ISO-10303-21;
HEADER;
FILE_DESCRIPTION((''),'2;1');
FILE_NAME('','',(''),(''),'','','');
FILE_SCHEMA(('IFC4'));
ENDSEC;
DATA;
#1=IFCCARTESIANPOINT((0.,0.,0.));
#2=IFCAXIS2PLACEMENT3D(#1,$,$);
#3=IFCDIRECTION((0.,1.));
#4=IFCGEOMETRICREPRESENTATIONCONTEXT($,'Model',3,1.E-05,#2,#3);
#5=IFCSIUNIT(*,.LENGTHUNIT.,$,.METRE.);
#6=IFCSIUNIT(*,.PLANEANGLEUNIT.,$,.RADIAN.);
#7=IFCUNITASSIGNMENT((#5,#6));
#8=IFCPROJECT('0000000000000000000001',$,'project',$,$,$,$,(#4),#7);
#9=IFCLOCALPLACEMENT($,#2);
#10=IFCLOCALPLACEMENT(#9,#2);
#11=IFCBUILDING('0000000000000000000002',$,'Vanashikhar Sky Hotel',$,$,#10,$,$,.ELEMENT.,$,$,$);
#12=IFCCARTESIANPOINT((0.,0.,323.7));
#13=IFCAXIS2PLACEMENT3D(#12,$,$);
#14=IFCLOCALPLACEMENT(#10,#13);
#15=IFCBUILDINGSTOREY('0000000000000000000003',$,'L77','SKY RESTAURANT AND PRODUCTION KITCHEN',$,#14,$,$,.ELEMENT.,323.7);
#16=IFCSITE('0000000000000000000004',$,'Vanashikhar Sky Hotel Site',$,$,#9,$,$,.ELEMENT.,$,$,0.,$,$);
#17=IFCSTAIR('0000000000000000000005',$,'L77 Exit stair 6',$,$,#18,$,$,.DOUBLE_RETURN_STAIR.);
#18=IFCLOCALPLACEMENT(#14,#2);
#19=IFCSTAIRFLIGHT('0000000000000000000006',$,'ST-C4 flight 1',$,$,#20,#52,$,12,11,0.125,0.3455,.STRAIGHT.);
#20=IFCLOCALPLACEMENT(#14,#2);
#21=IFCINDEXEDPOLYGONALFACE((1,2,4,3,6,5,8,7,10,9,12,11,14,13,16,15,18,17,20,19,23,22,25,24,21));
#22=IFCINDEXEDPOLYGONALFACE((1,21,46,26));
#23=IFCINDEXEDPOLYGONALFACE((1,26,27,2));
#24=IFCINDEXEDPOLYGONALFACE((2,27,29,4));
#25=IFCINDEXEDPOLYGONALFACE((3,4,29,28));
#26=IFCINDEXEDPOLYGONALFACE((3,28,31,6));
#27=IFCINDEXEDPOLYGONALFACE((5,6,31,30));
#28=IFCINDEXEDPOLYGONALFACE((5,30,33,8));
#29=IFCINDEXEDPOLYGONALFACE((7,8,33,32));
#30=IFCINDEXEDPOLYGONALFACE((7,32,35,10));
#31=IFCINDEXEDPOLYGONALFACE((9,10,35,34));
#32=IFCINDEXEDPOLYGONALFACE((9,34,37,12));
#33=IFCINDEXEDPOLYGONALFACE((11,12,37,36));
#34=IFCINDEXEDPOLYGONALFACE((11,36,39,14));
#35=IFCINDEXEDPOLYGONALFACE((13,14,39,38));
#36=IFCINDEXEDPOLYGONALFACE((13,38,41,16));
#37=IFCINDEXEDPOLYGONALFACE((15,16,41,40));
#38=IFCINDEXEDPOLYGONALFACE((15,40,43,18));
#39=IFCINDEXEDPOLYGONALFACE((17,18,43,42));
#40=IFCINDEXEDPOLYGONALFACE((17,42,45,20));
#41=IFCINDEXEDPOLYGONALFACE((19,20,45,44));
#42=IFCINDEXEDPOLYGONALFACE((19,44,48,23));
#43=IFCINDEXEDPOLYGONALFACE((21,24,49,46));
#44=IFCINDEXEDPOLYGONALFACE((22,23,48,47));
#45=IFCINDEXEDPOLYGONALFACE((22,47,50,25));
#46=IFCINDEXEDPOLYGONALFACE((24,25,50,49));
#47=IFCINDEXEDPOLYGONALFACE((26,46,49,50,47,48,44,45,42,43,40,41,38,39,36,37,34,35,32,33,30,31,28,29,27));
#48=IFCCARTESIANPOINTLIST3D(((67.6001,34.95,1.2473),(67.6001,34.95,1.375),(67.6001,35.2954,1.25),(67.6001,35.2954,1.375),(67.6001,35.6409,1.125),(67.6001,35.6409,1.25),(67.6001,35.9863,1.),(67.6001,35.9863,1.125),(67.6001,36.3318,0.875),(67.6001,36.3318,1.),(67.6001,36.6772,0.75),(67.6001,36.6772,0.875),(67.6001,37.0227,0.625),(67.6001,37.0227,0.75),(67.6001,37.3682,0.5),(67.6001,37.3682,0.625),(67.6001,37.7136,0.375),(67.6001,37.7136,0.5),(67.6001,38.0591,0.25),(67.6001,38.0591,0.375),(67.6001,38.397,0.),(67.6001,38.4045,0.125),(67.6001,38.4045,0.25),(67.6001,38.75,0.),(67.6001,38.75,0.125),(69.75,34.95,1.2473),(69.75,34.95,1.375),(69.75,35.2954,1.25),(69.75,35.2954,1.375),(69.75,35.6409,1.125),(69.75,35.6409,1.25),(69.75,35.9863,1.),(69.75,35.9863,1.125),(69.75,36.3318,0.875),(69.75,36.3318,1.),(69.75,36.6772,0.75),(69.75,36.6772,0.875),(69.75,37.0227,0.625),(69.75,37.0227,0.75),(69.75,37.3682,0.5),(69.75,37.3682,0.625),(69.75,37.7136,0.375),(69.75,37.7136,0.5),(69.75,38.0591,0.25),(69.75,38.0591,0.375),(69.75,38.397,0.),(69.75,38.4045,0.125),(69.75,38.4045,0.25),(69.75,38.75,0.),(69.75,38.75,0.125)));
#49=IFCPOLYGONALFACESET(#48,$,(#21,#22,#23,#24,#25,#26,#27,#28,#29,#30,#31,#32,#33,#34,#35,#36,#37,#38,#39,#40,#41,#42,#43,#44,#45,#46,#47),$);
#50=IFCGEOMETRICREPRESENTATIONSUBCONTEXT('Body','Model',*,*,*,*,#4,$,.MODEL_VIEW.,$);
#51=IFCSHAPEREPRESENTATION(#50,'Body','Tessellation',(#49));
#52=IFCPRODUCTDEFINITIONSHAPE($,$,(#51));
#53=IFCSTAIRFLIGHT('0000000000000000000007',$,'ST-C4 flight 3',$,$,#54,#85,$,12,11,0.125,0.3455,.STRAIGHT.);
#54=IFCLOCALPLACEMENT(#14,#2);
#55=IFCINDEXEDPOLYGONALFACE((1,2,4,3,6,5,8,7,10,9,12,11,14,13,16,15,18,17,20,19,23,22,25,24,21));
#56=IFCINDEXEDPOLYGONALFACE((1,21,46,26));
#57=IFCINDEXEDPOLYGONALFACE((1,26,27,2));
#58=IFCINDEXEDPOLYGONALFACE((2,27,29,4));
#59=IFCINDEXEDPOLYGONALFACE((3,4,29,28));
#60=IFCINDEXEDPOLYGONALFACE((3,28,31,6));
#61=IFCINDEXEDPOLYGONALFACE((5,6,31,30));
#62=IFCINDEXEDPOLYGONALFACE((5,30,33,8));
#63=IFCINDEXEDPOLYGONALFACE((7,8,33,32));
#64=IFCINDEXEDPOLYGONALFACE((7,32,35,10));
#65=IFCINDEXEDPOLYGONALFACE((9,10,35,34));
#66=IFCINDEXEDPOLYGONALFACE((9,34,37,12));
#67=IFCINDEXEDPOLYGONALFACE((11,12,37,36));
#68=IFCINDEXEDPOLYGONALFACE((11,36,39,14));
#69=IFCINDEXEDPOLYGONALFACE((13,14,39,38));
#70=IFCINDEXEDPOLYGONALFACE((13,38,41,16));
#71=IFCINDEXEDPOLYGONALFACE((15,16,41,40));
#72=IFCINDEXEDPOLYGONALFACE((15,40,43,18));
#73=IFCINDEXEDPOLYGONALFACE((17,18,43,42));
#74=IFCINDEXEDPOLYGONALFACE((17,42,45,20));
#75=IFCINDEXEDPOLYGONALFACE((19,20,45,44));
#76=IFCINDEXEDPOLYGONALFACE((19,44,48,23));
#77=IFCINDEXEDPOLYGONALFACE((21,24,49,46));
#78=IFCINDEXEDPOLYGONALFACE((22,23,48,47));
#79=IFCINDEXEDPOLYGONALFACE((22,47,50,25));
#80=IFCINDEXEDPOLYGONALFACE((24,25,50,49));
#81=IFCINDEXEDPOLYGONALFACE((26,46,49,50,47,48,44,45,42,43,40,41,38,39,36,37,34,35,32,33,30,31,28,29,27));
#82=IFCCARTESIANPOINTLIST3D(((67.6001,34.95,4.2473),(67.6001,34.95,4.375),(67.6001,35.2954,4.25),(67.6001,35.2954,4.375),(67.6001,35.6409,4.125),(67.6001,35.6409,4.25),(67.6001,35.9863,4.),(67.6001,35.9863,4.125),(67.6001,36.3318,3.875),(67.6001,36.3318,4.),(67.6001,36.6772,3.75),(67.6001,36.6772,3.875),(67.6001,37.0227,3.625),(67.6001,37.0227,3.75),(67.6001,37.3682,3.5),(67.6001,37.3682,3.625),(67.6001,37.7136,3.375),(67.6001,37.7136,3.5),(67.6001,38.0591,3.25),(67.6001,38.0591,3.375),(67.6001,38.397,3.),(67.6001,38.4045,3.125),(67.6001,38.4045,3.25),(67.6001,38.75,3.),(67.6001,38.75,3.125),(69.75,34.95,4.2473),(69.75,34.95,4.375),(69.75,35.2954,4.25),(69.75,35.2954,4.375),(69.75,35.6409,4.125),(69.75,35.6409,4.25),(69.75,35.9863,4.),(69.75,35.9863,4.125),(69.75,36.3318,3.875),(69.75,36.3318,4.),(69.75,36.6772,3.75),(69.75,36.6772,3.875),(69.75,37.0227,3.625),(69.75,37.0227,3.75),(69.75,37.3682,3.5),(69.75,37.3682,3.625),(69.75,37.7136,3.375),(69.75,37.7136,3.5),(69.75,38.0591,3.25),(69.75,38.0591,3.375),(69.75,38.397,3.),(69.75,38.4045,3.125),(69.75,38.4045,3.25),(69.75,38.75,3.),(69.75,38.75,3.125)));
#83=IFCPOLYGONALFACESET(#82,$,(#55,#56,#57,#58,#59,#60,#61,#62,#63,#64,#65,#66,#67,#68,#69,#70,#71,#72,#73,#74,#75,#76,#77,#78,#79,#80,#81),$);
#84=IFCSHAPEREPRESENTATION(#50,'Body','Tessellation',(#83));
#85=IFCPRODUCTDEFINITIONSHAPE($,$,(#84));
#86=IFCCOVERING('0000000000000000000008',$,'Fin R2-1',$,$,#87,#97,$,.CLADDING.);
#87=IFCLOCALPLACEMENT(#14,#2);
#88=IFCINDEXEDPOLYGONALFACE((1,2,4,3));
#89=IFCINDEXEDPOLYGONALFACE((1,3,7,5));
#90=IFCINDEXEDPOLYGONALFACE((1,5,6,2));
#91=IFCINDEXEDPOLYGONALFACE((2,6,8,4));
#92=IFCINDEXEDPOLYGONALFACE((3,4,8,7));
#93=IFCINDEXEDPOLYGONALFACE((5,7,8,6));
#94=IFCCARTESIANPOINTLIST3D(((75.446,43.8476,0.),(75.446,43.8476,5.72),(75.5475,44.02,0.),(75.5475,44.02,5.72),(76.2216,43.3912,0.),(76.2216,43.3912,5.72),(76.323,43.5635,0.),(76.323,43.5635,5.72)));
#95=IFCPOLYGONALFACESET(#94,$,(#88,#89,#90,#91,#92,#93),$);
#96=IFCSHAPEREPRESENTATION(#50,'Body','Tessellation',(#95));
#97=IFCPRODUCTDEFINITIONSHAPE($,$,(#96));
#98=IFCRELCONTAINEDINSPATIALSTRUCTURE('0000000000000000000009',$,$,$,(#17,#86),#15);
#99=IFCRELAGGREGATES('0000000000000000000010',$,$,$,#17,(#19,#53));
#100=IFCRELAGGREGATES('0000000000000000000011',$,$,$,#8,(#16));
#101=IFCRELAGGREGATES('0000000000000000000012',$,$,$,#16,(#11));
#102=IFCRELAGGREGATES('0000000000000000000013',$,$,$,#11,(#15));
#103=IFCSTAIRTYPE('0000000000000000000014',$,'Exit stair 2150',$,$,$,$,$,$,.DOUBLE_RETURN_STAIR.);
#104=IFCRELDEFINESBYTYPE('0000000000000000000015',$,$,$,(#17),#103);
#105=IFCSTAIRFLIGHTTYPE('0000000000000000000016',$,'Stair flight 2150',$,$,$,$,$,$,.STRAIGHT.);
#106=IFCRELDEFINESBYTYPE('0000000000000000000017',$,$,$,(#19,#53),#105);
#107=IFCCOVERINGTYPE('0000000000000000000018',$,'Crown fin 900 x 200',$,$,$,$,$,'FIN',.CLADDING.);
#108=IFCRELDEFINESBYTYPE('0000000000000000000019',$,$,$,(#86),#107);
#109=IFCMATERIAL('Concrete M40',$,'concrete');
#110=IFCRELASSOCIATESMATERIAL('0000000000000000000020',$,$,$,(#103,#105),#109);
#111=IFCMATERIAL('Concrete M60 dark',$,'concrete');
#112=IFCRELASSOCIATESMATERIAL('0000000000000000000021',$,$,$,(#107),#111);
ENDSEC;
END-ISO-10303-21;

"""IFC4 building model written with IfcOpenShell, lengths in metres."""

from ifc_helpers import new_model, si_unit, direction, frame, origin, origin_2d, place, context, subcontext, project, spatial, polyline, rectangle, outline, extrude, source, transform, mapped, material, material_profile, profile_set, type_object, element, aggregate, save


model = new_model("IFC4")

# Units and contexts
model_context = context("Model", 3, precision=1e-05, world=origin(), true_north=direction((0.0, 1.0)))
body_context = subcontext(model_context, "Body", "Model", "MODEL_VIEW")
ifc_project = project(units=[si_unit("LENGTHUNIT", "METRE"), si_unit("PLANEANGLEUNIT", "RADIAN")], contexts=[model_context])

# Site, building, storey
site_placement = place(None, origin())
site = spatial("IfcSite", under=ifc_project, at=site_placement, Name="Vanashikhar Sky Hotel Site", CompositionType="ELEMENT", RefElevation=0.0)
building_placement = place(site_placement, origin())
building = spatial("IfcBuilding", under=site, at=building_placement, Name="Vanashikhar Sky Hotel", CompositionType="ELEMENT")
storey_placement = place(building_placement, frame((0.0, 0.0, 323.7)))
storey = spatial("IfcBuildingStorey", under=building, at=storey_placement, Name="L77", Description="SKY RESTAURANT AND PRODUCTION KITCHEN", CompositionType="ELEMENT", Elevation=323.7)

# Stair, stair flights
ifc_material_1 = material(Name="Concrete M40", Category="concrete")
stair_type = type_object("IfcStairType", Name="Exit stair 2150", PredefinedType="DOUBLE_RETURN_STAIR", material=ifc_material_1)
stair_placement = place(storey_placement, origin())
stair = element("IfcStair", 1, at=stair_placement, inside=storey, type_object=stair_type, Name="L77 Exit stair 6", PredefinedType="DOUBLE_RETURN_STAIR")
stair_flight_type = type_object("IfcStairFlightType", Name="Stair flight 2150", PredefinedType="STRAIGHT", material=ifc_material_1)
shared_shape_1 = source(origin(), body_context, "Body", "SweptSolid", [
    extrude(outline(polyline([(0.0, 0.0), (0.0, 0.125), (0.3455, 0.125), (0.3455, 0.25), (0.6909, 0.25), (0.6909, 0.375), (1.0364, 0.375), (1.0364, 0.5), (1.3818, 0.5), (1.3818, 0.625), (1.7273, 0.625), (1.7273, 0.75), (2.0728, 0.75), (2.0728, 0.875), (2.4182, 0.875), (2.4182, 1.0), (2.7637, 1.0), (2.7637, 1.125), (3.1091, 1.125), (3.1091, 1.25), (3.4546, 1.25), (3.4546, 1.375), (3.8, 1.375), (3.8, 1.5), (3.8, 1.2473), (0.353, 0.0), (0.0, 0.0)])), frame((0.0, 1.075, 0.0), z_axis=(0.0, -1.0, 0.0), x_axis=(1.0, 0.0, 0.0)), (0.0, 0.0, 1.0), 2.1499),
])
stair_flight_1_placement = place(storey_placement, frame((68.675, 38.75, 0.0), z_axis=(0.0, 0.0, 1.0), x_axis=(0.0, -1.0, 0.0)))
stair_flight_1 = element("IfcStairFlight", 2, at=stair_flight_1_placement, type_object=stair_flight_type, Name="ST-C4 flight 1", NumberOfRisers=12, NumberOfTreads=11, PredefinedType="STRAIGHT", RiserHeight=0.125, TreadLength=0.3455, context=body_context, shape_type="MappedRepresentation", body=[
    mapped(shared_shape_1, transform((0.0, 0.0, 0.0), scale=1.0)),
])
stair_flight_2_placement = place(storey_placement, frame((68.675, 38.75, 3.0), z_axis=(0.0, 0.0, 1.0), x_axis=(0.0, -1.0, 0.0)))
stair_flight_2 = element("IfcStairFlight", 3, at=stair_flight_2_placement, type_object=stair_flight_type, Name="ST-C4 flight 3", NumberOfRisers=12, NumberOfTreads=11, PredefinedType="STRAIGHT", RiserHeight=0.125, TreadLength=0.3455, context=body_context, shape_type="MappedRepresentation", body=[
    mapped(shared_shape_1, transform((0.0, 0.0, 0.0), scale=1.0)),
])
aggregate(stair, [stair_flight_1, stair_flight_2])

# Covering
ifc_material_2 = material(Name="Concrete M60 dark", Category="concrete")
ifc_material_profile_1 = material_profile(ifc_material_2, rectangle(XDim=0.8999, YDim=0.2, at=origin_2d()))
ifc_profile_set_1 = profile_set([ifc_material_profile_1], Name="Crown fin 900 x 200")
covering_type = type_object("IfcCoveringType", Name="Crown fin 900 x 200", ElementType="FIN", PredefinedType="CLADDING", material=ifc_profile_set_1)
shared_shape_2 = source(origin(), body_context, "Body", "SweptSolid", [
    extrude(rectangle(XDim=0.8999, YDim=0.2, at=origin_2d()), origin(), (0.0, 0.0, 1.0), 5.72),
])
covering_placement = place(storey_placement, frame((75.8845, 43.7056, 0.0), z_axis=(0.0, 0.0, 1.0), x_axis=(-0.861806, 0.507238, 0.0)))
element("IfcCovering", 4, at=covering_placement, inside=storey, type_object=covering_type, Name="Fin R2-1", PredefinedType="CLADDING", context=body_context, shape_type="MappedRepresentation", body=[
    mapped(shared_shape_2, transform((0.0, 0.0, 0.0), scale=1.0)),
])

save(model, "model.ifc")
